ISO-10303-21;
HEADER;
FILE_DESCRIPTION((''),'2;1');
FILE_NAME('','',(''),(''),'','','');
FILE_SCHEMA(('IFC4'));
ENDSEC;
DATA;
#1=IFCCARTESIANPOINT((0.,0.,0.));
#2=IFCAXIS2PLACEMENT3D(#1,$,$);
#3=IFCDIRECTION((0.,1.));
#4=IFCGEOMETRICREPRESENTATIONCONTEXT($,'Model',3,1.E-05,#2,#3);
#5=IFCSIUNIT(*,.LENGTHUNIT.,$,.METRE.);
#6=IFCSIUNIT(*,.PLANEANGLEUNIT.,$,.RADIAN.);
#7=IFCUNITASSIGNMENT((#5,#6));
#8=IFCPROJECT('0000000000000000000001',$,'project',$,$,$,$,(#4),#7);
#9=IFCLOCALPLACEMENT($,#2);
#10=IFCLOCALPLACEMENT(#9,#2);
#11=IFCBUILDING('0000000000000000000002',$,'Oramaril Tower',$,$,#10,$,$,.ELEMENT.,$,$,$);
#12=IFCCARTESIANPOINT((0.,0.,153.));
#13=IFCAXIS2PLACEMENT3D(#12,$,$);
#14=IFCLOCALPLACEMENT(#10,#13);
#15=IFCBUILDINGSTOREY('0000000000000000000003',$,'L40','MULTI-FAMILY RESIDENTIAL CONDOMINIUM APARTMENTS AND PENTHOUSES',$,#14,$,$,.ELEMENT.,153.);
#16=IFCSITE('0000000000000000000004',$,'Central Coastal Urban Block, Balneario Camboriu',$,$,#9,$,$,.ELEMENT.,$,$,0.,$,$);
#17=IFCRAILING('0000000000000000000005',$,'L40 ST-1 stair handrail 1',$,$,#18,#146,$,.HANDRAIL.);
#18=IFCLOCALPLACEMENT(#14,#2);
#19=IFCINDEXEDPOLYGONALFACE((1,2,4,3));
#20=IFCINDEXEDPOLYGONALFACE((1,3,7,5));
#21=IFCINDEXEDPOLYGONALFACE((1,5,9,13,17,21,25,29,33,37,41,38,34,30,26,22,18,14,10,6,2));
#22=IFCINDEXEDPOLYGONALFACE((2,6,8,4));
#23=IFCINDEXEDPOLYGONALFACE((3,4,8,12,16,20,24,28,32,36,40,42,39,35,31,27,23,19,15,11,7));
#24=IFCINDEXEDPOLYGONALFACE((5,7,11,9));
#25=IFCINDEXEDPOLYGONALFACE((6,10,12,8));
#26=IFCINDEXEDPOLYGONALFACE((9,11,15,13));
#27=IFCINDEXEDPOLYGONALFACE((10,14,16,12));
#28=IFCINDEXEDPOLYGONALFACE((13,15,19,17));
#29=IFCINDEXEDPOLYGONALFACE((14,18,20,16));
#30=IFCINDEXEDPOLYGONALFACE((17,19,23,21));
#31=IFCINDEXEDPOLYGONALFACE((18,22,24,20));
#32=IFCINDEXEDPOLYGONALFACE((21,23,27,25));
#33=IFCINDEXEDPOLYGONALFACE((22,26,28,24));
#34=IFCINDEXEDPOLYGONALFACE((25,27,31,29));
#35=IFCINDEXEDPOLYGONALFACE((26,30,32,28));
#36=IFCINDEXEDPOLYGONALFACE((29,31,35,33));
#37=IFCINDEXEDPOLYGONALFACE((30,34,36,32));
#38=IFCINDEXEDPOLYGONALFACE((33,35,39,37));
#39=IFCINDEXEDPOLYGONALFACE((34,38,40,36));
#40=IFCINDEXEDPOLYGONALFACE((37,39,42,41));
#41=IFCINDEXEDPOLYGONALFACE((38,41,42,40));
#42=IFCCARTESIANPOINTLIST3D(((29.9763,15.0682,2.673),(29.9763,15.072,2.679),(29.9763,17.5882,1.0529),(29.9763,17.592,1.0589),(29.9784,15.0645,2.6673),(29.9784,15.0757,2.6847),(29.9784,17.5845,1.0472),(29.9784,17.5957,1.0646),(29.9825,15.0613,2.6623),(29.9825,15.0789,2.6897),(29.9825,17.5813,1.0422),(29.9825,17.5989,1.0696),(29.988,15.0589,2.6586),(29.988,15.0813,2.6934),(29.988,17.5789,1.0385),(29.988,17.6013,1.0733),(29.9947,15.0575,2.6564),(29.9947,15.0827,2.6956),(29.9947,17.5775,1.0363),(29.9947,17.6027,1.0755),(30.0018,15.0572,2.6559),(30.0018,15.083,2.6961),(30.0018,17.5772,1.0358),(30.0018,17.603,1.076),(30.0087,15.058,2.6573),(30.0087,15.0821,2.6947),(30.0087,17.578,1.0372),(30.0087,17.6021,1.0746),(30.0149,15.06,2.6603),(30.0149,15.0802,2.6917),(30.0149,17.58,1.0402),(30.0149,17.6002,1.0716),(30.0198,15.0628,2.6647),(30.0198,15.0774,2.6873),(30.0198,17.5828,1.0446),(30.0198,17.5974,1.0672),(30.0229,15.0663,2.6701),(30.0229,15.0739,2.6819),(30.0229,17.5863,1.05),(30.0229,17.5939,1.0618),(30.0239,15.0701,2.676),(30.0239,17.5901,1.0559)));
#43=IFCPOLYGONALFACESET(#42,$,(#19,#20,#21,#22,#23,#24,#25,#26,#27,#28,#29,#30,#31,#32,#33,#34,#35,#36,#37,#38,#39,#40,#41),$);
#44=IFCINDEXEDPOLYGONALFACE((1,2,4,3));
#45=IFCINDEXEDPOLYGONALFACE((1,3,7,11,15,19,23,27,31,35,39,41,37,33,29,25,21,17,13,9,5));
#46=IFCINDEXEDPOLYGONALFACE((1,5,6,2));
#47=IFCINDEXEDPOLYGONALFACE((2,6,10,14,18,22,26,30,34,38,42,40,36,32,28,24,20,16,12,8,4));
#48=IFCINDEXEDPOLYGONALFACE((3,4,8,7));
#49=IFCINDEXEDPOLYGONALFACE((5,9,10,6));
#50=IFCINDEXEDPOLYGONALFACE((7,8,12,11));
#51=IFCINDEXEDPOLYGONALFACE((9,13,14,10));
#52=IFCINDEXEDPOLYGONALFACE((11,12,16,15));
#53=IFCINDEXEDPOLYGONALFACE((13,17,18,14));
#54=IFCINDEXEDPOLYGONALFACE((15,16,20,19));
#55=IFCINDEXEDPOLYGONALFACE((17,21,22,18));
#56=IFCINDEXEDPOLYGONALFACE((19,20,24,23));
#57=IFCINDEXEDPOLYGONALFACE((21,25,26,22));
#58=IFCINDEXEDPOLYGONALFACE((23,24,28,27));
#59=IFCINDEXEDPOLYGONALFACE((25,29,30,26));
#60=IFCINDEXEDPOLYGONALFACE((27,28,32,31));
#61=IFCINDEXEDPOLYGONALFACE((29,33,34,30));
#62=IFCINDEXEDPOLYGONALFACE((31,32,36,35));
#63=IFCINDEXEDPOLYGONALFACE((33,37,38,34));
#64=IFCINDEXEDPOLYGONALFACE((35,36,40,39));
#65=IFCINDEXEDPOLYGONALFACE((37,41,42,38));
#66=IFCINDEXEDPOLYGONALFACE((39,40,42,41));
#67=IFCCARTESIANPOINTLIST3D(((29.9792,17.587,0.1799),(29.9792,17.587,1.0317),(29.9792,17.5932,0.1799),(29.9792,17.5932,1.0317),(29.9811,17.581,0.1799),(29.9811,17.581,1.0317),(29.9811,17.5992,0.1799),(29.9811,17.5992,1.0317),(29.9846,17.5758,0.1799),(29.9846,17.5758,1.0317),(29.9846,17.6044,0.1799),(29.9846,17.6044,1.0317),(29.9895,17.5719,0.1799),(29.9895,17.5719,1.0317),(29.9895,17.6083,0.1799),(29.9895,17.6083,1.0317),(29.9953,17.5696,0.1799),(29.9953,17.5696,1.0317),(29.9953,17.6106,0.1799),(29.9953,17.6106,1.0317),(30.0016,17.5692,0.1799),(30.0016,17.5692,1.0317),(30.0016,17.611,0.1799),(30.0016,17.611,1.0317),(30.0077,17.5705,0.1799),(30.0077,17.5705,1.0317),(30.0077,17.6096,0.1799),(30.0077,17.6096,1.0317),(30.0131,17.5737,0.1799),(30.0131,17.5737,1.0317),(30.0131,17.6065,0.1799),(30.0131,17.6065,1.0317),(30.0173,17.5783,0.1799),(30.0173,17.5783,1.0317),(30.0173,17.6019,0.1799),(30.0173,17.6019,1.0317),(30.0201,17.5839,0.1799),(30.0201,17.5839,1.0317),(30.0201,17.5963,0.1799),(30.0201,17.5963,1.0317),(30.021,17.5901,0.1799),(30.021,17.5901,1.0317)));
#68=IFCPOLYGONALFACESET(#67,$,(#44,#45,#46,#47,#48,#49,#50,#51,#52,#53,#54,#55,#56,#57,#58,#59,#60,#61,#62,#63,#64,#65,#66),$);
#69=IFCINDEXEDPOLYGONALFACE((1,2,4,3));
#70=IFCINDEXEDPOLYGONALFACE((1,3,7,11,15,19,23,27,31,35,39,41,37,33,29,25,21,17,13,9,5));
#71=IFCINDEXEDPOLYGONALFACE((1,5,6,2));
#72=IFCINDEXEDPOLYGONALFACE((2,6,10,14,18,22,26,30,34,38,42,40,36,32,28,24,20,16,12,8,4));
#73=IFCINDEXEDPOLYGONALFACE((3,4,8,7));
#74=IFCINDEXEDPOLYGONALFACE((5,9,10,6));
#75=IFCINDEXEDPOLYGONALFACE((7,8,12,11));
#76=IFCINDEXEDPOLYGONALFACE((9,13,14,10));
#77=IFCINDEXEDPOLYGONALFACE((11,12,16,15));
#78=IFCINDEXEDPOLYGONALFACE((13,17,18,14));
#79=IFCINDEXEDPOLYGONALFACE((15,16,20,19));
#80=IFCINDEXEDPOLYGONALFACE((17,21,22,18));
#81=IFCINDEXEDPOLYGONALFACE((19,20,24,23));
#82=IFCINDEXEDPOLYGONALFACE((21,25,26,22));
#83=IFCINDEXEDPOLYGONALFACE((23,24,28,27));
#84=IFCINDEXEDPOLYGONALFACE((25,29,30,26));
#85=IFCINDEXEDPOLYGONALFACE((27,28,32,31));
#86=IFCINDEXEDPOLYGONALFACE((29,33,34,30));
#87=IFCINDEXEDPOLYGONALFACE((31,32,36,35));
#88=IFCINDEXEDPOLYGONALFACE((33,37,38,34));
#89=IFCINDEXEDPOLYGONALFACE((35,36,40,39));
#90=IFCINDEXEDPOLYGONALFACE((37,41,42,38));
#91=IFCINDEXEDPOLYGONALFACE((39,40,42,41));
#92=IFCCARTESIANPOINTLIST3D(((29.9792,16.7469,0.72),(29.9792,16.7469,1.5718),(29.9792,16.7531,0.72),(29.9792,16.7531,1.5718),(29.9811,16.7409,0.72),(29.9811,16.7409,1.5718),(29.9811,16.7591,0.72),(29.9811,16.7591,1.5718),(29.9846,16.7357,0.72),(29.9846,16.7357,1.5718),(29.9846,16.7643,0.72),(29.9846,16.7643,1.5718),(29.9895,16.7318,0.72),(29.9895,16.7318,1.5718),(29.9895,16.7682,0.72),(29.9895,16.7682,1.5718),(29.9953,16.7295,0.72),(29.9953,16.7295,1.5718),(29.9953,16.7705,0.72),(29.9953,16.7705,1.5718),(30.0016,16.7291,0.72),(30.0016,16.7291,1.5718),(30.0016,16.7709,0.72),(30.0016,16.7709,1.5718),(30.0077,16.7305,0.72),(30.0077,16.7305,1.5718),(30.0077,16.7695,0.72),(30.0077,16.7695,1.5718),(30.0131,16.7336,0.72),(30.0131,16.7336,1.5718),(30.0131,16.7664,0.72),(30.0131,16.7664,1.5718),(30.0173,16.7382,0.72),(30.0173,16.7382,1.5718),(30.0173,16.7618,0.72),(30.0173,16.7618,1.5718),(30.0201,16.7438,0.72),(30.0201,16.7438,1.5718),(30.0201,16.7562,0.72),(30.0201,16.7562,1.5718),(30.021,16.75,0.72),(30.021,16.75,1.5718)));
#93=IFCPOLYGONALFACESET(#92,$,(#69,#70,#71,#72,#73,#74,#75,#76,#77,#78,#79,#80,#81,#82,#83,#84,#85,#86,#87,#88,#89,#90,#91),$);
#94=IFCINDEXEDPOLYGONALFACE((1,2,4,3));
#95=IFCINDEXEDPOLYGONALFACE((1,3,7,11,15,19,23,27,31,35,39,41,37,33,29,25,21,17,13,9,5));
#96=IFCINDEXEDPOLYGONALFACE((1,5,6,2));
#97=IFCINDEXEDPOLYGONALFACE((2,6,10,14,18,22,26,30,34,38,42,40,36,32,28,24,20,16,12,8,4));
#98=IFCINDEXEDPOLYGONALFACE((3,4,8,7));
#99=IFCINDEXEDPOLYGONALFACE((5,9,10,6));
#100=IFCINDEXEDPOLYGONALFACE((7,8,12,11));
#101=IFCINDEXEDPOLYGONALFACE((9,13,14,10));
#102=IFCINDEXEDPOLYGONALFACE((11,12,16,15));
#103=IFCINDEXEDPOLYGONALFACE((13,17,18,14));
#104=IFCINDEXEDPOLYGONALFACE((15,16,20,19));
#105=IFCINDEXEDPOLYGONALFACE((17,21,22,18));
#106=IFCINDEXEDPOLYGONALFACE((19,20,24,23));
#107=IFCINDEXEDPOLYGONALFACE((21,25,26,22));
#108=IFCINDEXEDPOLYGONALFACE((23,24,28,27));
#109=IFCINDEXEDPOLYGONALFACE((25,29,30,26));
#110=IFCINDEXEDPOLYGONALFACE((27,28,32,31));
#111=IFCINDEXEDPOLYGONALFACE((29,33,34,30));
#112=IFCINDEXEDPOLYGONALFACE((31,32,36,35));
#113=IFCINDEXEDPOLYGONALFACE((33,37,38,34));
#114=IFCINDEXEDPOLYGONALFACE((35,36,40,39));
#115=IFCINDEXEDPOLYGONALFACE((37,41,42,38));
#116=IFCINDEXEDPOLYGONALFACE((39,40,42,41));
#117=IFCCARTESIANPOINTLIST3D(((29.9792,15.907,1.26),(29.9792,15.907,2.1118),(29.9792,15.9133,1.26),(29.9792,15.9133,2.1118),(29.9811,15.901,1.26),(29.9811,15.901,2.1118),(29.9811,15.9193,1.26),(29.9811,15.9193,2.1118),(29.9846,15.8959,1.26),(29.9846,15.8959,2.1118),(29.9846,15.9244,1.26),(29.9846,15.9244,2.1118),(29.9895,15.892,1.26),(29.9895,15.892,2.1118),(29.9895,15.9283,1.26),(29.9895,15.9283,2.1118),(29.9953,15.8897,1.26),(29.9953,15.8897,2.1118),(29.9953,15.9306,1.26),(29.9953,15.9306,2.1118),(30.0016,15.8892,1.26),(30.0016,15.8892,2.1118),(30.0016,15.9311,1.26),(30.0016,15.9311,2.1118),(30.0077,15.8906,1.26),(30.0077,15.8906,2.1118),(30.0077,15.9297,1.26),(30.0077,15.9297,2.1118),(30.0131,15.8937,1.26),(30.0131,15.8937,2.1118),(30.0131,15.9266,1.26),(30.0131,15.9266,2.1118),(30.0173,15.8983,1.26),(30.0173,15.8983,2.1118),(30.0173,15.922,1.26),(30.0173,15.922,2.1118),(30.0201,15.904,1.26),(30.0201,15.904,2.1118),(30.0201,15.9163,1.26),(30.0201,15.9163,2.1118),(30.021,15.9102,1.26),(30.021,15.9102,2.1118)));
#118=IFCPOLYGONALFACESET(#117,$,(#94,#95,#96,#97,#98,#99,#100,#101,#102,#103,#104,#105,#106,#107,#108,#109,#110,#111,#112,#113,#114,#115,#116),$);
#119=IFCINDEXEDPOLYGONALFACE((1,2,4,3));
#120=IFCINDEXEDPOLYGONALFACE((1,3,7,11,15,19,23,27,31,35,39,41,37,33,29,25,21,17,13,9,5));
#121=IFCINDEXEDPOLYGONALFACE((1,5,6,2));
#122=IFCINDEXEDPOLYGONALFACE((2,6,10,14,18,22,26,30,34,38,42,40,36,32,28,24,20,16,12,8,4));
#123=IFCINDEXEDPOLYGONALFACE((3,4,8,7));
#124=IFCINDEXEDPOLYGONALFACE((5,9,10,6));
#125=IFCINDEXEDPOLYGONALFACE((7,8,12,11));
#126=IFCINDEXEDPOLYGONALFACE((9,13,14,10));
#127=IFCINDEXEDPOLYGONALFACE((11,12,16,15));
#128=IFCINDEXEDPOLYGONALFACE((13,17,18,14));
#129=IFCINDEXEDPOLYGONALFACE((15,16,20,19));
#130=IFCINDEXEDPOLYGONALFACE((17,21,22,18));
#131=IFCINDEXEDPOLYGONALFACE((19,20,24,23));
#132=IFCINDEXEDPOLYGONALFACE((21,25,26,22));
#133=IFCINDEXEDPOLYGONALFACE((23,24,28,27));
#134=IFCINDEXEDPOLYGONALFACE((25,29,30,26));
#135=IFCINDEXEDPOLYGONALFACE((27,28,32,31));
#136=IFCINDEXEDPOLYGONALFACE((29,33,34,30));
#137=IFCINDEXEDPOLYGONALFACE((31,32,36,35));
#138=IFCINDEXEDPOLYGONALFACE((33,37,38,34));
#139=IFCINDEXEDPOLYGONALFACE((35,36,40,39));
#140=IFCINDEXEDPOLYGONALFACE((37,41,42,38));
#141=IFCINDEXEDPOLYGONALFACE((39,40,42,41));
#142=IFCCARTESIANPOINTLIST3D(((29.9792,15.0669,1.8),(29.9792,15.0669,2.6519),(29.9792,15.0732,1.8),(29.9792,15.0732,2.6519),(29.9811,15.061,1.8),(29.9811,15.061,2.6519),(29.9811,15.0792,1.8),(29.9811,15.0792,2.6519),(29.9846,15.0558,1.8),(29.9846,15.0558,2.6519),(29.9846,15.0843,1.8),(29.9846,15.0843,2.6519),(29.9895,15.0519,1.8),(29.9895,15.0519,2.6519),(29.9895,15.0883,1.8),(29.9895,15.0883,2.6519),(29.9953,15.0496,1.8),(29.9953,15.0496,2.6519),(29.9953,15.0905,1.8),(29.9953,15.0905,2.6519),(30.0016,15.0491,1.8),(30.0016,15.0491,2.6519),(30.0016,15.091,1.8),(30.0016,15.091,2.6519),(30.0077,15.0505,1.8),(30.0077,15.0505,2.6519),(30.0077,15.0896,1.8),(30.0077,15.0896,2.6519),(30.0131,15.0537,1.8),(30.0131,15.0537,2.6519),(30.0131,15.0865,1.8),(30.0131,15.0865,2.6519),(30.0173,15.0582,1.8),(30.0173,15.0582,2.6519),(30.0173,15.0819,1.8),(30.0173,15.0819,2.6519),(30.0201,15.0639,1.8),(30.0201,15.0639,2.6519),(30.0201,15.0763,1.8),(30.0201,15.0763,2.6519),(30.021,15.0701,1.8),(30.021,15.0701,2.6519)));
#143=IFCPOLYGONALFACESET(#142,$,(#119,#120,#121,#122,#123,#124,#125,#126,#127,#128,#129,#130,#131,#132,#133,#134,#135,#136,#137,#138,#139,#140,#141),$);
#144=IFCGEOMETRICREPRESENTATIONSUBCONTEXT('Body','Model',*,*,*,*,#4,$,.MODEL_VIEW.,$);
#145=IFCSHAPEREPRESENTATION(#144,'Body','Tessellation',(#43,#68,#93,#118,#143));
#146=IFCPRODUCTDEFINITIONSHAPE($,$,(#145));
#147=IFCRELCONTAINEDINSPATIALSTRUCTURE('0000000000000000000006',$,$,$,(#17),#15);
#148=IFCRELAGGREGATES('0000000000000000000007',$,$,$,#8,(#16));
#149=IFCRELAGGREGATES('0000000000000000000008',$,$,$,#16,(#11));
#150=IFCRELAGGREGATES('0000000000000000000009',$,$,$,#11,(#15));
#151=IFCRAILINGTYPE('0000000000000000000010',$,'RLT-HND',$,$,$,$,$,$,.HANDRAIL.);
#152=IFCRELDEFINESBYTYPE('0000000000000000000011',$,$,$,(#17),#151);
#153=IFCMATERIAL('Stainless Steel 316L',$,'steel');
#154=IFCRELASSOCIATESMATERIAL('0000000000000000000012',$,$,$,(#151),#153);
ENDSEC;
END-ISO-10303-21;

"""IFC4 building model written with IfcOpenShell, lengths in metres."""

from ifc_helpers import new_model, si_unit, direction, frame, origin, origin_2d, place, context, subcontext, project, spatial, circle, extrude, material, type_object, element, save


model = new_model("IFC4")

# Units and contexts
model_context = context("Model", 3, precision=1e-05, world=origin(), true_north=direction((0.0, 1.0)))
body_context = subcontext(model_context, "Body", "Model", "MODEL_VIEW")
ifc_project = project(units=[si_unit("LENGTHUNIT", "METRE"), si_unit("PLANEANGLEUNIT", "RADIAN")], contexts=[model_context])

# Site, building, storey
site_placement = place(None, origin())
site = spatial("IfcSite", under=ifc_project, at=site_placement, Name="Central Coastal Urban Block, Balneario Camboriu", CompositionType="ELEMENT", RefElevation=0.0)
building_placement = place(site_placement, origin())
building = spatial("IfcBuilding", under=site, at=building_placement, Name="Oramaril Tower", CompositionType="ELEMENT")
storey_placement = place(building_placement, frame((0.0, 0.0, 153.0)))
storey = spatial("IfcBuildingStorey", under=building, at=storey_placement, Name="L40", Description="MULTI-FAMILY RESIDENTIAL CONDOMINIUM APARTMENTS AND PENTHOUSES", CompositionType="ELEMENT", Elevation=153.0)

# Railing
ifc_material_1 = material(Name="Stainless Steel 316L", Category="steel")
railing_type_1 = type_object("IfcRailingType", Name="RLT-HND", PredefinedType="HANDRAIL", material=ifc_material_1)
railing_1_placement = place(storey_placement, frame((30.0, 17.5901, 0.1799)))
element("IfcRailing", 1, at=railing_1_placement, inside=storey, type_object=railing_type_1, Name="L40 ST-1 stair handrail 1", PredefinedType="HANDRAIL", context=body_context, shape_type="SweptSolid", body=[
    extrude(circle(Radius=0.0239, at=origin_2d()), frame((0.0, 0.0, 0.876), z_axis=(0.0, -0.841163, 0.540782), x_axis=(1.0, 0.0, 0.0)), (0.0, 0.0, 1.0), 2.9958),
    extrude(circle(Radius=0.021, at=origin_2d()), origin(), (0.0, 0.0, 1.0), 0.8518),
    extrude(circle(Radius=0.021, at=origin_2d()), frame((0.0, -0.8401, 0.54)), (0.0, 0.0, 1.0), 0.8518),
    extrude(circle(Radius=0.021, at=origin_2d()), frame((0.0, -1.6799, 1.0801)), (0.0, 0.0, 1.0), 0.8518),
    extrude(circle(Radius=0.021, at=origin_2d()), frame((0.0, -2.52, 1.6201)), (0.0, 0.0, 1.0), 0.8518),
])

save(model, "model.ifc")
